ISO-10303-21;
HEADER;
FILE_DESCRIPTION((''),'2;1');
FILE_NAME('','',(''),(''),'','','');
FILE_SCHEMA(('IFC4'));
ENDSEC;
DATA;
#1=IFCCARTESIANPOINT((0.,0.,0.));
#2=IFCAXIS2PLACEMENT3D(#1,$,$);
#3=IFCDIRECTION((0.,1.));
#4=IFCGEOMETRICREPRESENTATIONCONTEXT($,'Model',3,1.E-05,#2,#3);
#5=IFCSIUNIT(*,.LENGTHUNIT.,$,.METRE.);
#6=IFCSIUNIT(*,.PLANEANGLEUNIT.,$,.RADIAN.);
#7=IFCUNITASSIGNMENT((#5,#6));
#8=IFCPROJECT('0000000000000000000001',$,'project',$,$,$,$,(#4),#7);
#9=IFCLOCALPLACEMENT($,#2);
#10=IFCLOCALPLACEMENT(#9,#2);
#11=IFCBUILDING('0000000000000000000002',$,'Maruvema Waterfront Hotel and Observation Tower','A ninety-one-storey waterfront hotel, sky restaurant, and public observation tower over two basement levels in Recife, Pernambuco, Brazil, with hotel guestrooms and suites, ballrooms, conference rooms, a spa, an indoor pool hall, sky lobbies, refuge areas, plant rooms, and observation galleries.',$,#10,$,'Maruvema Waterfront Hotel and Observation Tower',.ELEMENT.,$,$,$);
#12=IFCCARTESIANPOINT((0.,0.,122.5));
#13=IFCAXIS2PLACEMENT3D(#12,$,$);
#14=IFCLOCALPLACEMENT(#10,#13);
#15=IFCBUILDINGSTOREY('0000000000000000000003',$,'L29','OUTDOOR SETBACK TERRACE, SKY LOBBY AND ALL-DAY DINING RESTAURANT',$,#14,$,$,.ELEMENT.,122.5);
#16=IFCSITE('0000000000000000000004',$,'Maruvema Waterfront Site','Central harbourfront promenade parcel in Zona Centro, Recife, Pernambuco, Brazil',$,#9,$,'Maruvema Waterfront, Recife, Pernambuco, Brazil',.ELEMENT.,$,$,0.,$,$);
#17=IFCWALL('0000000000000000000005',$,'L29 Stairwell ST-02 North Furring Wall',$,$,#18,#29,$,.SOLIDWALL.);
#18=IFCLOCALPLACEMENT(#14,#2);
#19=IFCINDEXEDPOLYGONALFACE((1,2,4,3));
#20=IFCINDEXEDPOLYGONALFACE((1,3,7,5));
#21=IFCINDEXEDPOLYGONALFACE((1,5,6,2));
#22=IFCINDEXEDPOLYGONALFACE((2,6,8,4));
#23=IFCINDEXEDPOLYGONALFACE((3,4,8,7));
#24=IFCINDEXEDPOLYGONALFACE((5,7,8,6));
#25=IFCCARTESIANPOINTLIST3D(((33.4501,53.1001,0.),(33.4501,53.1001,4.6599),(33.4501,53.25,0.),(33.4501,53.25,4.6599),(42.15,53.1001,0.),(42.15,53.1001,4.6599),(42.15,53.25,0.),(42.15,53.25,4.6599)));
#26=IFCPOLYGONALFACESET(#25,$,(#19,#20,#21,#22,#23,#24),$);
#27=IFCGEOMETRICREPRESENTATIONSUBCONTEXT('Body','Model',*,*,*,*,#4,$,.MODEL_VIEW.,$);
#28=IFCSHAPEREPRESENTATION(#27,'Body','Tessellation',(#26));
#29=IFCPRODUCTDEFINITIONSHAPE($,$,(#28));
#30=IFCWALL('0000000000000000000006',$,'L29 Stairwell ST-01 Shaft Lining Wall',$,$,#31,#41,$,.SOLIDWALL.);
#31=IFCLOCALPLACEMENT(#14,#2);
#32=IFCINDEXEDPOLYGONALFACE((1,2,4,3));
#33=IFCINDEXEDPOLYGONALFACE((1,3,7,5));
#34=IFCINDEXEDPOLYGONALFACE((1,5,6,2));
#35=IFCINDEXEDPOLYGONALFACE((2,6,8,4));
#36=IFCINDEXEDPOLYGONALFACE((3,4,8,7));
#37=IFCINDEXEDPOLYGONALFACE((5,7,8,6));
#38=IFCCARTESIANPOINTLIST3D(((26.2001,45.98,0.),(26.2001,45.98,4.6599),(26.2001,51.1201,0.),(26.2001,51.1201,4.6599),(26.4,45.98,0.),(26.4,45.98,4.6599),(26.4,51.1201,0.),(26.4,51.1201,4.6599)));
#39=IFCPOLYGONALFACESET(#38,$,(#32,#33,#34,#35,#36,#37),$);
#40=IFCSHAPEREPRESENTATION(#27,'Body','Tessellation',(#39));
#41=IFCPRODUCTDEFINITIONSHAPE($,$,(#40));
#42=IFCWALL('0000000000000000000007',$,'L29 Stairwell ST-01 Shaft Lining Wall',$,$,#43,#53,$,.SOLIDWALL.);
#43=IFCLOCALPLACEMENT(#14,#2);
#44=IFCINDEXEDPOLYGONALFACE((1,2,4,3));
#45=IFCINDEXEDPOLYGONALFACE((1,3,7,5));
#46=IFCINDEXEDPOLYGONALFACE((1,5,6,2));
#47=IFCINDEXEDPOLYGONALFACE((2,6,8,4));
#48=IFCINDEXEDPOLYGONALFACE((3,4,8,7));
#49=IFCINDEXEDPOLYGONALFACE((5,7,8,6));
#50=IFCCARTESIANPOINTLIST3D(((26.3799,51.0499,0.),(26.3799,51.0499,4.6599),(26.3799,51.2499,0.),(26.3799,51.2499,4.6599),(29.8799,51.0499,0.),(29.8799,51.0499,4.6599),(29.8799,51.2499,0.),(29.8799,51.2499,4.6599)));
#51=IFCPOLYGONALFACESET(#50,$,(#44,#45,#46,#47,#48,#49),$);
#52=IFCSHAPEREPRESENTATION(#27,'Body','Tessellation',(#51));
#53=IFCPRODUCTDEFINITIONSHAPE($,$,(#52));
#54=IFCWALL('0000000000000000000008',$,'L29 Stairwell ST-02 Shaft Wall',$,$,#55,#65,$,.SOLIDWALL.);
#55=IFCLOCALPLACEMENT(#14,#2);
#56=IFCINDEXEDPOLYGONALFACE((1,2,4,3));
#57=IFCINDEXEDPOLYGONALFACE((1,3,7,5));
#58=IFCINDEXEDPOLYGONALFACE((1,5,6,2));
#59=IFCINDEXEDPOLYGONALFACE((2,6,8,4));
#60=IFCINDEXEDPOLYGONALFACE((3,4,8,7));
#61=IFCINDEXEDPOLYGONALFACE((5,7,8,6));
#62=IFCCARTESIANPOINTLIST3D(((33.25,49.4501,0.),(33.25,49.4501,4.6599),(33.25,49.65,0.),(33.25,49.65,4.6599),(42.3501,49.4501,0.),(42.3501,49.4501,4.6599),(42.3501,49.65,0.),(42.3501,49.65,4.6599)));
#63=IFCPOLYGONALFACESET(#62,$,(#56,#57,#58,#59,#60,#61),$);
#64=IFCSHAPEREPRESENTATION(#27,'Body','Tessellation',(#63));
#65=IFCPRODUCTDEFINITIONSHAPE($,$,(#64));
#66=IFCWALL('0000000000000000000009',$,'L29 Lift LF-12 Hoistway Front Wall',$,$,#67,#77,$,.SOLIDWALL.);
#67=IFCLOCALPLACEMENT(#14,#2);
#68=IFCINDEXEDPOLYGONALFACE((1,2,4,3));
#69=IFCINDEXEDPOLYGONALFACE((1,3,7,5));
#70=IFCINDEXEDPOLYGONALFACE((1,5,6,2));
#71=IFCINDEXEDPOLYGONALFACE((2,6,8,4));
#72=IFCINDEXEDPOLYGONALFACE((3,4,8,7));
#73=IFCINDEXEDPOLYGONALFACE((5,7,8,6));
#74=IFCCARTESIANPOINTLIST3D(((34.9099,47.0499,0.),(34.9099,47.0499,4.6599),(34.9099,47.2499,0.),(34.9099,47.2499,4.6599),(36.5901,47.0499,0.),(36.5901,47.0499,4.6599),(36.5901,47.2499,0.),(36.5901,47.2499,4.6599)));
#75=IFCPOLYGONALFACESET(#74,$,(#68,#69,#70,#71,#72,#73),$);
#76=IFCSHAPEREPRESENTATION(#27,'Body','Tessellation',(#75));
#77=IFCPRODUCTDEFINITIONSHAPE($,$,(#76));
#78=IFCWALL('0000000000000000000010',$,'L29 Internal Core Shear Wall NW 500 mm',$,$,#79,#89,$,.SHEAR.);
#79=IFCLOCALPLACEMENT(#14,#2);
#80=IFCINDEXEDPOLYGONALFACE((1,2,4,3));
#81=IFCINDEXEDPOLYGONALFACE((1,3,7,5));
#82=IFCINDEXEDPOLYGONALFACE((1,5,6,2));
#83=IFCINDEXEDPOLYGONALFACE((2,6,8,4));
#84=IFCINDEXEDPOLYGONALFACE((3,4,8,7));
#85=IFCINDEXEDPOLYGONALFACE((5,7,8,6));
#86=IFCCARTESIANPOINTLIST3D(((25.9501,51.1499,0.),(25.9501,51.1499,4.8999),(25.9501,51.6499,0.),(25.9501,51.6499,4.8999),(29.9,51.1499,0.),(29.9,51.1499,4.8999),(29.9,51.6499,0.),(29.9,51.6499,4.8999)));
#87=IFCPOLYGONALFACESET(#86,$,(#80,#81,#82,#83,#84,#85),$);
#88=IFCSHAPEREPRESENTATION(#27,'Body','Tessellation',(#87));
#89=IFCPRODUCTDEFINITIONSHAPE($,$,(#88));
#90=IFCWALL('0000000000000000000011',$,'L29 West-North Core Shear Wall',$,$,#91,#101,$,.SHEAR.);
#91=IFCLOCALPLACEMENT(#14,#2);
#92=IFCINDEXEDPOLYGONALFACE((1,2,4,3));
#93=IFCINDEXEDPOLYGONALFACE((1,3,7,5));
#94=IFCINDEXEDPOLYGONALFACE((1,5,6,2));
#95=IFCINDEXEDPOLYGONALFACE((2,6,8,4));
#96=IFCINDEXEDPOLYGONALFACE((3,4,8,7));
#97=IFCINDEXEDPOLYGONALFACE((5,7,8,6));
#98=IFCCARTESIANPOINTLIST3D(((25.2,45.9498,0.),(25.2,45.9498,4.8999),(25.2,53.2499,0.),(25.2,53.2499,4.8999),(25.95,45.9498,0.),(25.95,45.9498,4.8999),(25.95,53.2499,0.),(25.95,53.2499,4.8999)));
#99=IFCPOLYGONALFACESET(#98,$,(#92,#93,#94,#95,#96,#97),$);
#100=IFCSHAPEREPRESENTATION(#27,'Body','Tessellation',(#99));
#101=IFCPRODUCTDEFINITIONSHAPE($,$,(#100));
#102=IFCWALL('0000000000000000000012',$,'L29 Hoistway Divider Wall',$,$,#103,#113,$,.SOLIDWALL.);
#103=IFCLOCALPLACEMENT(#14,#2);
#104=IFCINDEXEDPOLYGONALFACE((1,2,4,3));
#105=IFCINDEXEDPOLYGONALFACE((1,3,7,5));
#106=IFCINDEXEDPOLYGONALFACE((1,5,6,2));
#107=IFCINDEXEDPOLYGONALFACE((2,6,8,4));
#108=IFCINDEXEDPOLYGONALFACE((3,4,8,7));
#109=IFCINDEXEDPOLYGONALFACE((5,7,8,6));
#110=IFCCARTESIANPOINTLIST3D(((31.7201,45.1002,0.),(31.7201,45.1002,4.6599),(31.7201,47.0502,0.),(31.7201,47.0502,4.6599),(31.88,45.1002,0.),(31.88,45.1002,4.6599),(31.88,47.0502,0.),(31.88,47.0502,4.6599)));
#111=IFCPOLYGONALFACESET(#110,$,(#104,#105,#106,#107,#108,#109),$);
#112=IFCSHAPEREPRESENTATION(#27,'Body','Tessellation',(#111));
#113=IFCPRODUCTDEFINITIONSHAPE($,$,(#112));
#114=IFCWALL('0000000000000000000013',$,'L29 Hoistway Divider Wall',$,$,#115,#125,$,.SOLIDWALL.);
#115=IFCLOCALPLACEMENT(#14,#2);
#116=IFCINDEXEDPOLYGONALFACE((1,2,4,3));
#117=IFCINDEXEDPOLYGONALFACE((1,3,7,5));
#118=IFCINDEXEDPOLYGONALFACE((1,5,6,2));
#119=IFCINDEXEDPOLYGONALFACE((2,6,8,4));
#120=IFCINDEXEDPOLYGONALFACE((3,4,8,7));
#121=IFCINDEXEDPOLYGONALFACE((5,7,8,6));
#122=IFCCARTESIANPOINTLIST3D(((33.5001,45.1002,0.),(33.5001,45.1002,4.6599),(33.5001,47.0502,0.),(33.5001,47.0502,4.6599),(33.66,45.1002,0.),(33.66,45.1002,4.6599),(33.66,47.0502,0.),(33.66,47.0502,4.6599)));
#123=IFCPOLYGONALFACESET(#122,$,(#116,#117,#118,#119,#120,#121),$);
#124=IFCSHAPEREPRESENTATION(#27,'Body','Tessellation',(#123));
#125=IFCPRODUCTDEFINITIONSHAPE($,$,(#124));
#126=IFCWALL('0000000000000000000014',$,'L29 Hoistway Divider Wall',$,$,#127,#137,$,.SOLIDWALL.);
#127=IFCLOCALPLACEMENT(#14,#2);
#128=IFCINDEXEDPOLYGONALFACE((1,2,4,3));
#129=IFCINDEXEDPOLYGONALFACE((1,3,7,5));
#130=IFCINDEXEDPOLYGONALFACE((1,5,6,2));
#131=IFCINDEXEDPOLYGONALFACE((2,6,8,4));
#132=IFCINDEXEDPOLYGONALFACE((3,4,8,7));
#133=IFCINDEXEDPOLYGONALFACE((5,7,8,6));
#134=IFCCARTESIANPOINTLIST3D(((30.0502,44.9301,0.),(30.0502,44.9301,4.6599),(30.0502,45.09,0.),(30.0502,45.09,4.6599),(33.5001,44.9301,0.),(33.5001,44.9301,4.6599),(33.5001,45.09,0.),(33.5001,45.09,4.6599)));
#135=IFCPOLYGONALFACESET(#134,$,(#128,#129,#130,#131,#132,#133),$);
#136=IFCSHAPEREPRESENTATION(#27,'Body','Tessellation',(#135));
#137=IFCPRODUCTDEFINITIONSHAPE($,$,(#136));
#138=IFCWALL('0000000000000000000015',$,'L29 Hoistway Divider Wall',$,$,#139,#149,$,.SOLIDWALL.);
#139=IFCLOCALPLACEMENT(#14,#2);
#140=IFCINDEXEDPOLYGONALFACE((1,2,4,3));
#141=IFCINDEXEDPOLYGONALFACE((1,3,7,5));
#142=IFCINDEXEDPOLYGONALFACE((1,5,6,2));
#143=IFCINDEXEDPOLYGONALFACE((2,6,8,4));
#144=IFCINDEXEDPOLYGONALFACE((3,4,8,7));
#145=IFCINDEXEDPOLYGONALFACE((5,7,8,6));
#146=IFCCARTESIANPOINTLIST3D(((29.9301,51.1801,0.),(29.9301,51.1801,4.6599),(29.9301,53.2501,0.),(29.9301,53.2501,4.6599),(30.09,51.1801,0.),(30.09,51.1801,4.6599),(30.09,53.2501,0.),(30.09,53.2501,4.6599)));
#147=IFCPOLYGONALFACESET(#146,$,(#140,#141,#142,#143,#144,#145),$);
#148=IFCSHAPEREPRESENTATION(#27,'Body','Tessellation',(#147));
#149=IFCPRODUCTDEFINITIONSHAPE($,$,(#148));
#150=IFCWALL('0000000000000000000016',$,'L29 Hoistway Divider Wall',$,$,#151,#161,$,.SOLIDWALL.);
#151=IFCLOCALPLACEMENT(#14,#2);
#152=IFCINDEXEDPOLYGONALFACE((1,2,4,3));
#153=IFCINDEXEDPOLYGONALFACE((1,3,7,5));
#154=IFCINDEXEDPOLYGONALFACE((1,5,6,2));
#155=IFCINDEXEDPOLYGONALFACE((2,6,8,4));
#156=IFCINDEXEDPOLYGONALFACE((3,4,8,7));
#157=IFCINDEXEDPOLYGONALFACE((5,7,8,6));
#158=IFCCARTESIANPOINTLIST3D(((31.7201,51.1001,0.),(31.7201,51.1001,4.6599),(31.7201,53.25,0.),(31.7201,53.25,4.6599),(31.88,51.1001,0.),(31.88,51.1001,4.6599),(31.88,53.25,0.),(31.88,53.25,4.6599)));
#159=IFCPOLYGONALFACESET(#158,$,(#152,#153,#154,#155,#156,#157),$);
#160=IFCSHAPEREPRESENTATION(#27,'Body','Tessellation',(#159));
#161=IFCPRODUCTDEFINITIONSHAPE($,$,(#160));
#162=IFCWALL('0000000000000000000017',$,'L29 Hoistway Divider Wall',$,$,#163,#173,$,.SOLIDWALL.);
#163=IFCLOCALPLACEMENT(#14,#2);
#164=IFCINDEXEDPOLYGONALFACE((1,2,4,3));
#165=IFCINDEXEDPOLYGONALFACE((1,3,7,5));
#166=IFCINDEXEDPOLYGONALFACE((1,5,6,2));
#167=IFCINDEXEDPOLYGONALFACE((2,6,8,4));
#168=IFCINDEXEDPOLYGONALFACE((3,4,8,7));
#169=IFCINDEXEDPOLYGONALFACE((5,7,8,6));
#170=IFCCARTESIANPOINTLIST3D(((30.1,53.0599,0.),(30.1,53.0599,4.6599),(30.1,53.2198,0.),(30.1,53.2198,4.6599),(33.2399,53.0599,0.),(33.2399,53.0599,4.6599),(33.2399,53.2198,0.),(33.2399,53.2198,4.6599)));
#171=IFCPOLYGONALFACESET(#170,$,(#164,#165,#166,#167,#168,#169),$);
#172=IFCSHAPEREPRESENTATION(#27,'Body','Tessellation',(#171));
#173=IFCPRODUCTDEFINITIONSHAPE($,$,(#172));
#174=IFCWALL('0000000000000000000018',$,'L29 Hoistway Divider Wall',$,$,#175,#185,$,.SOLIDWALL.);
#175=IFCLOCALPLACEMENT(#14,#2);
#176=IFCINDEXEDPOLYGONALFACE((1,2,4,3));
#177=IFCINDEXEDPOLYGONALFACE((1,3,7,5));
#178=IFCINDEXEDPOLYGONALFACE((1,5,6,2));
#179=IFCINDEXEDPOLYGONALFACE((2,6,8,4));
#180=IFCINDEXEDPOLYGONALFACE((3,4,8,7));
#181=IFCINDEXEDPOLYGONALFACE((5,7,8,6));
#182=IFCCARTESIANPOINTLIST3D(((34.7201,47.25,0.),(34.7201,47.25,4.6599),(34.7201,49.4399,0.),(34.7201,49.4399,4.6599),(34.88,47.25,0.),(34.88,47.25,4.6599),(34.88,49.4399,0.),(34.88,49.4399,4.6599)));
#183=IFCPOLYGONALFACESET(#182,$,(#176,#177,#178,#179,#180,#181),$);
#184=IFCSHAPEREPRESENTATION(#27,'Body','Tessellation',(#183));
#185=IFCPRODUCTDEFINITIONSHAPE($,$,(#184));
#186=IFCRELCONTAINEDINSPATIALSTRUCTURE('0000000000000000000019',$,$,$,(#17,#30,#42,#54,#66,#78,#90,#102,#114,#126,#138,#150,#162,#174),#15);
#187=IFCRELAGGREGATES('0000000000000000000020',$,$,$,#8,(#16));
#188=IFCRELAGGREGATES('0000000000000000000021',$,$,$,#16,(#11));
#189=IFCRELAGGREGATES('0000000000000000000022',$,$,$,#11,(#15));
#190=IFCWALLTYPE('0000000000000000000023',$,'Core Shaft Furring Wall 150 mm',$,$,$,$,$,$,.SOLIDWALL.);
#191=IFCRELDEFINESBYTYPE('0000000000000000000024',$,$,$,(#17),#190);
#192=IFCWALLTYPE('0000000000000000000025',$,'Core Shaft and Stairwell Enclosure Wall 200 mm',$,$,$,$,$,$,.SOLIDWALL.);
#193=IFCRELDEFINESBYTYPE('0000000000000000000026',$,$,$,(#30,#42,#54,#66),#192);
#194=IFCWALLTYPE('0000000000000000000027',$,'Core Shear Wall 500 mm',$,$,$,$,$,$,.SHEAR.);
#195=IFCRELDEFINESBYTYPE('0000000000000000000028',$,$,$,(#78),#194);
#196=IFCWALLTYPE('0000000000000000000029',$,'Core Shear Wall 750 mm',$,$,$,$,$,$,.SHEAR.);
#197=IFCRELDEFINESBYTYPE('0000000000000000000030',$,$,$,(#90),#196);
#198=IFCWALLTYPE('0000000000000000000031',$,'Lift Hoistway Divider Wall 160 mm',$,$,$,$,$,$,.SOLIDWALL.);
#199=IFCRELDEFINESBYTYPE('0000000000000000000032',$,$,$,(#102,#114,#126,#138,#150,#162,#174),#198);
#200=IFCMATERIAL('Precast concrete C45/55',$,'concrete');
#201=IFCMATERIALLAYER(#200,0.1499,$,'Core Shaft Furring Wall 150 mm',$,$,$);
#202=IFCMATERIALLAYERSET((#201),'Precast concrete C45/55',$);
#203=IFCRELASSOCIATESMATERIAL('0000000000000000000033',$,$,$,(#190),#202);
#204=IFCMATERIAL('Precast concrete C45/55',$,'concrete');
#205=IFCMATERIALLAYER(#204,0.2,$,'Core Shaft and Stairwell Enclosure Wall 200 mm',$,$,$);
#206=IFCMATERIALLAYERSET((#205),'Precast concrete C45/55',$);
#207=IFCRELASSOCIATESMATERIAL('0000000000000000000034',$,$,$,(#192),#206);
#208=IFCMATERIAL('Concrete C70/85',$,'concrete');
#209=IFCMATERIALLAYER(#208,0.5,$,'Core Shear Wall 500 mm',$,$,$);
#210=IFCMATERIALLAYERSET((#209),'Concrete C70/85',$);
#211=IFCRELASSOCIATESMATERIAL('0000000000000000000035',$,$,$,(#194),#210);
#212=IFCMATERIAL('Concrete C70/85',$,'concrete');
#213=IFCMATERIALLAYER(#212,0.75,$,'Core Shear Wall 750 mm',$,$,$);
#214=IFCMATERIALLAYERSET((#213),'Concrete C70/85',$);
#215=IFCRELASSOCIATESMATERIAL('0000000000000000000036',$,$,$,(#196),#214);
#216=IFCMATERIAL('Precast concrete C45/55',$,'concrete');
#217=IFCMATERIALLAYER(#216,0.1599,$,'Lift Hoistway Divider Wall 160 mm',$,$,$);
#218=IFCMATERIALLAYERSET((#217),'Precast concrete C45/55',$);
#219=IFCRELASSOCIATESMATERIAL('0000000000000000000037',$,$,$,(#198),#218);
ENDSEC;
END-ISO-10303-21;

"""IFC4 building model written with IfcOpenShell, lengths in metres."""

from ifc_helpers import new_model, si_unit, direction, frame, frame_2d, origin, place, context, subcontext, project, spatial, rectangle, extrude, material, layer, layer_set, type_object, element, save


model = new_model("IFC4")

# Units and contexts
model_context = context("Model", 3, precision=1e-05, world=origin(), true_north=direction((0.0, 1.0)))
body_context = subcontext(model_context, "Body", "Model", "MODEL_VIEW")
ifc_project = project(units=[si_unit("LENGTHUNIT", "METRE"), si_unit("PLANEANGLEUNIT", "RADIAN")], contexts=[model_context])

# Site, building, storey
site_placement = place(None, origin())
site = spatial("IfcSite", under=ifc_project, at=site_placement, Name="Maruvema Waterfront Site", Description="Central harbourfront promenade parcel in Zona Centro, Recife, Pernambuco, Brazil", LongName="Maruvema Waterfront, Recife, Pernambuco, Brazil", CompositionType="ELEMENT", RefElevation=0.0)
building_placement = place(site_placement, origin())
building = spatial("IfcBuilding", under=site, at=building_placement, Name="Maruvema Waterfront Hotel and Observation Tower", Description="A ninety-one-storey waterfront hotel, sky restaurant, and public observation tower over two basement levels in Recife, Pernambuco, Brazil, with hotel guestrooms and suites, ballrooms, conference rooms, a spa, an indoor pool hall, sky lobbies, refuge areas, plant rooms, and observation galleries.", LongName="Maruvema Waterfront Hotel and Observation Tower", CompositionType="ELEMENT")
storey_placement = place(building_placement, frame((0.0, 0.0, 122.5)))
storey = spatial("IfcBuildingStorey", under=building, at=storey_placement, Name="L29", Description="OUTDOOR SETBACK TERRACE, SKY LOBBY AND ALL-DAY DINING RESTAURANT", CompositionType="ELEMENT", Elevation=122.5)

# Walls
ifc_material_1 = material(Name="Precast concrete C45/55", Category="concrete")
ifc_layer_1 = layer(ifc_material_1, 0.1499, Name="Core Shaft Furring Wall 150 mm")
ifc_layer_set_1 = layer_set([ifc_layer_1], Name="Precast concrete C45/55")
wall_type_1 = type_object("IfcWallType", Name="Core Shaft Furring Wall 150 mm", PredefinedType="SOLIDWALL", material=ifc_layer_set_1)
wall_1_placement = place(storey_placement, frame((33.45, 53.175, 0.0), z_axis=(0.0, 0.0, 1.0), x_axis=(1.0, 0.0, 0.0)))
element("IfcWall", 1, at=wall_1_placement, inside=storey, type_object=wall_type_1, Name="L29 Stairwell ST-02 North Furring Wall", PredefinedType="SOLIDWALL", context=body_context, shape_type="SweptSolid", body=[
    extrude(rectangle(XDim=8.7, YDim=0.1499, at=frame_2d((4.3501, 0.0))), origin(), (0.0, 0.0, 1.0), 4.6599),
])
ifc_material_2 = material(Name="Precast concrete C45/55", Category="concrete")
ifc_layer_2 = layer(ifc_material_2, 0.2, Name="Core Shaft and Stairwell Enclosure Wall 200 mm")
ifc_layer_set_2 = layer_set([ifc_layer_2], Name="Precast concrete C45/55")
wall_type_2 = type_object("IfcWallType", Name="Core Shaft and Stairwell Enclosure Wall 200 mm", PredefinedType="SOLIDWALL", material=ifc_layer_set_2)
wall_2_placement = place(storey_placement, frame((26.3, 45.98, 0.0), z_axis=(0.0, 0.0, 1.0), x_axis=(0.0, 1.0, 0.0)))
element("IfcWall", 2, at=wall_2_placement, inside=storey, type_object=wall_type_2, Name="L29 Stairwell ST-01 Shaft Lining Wall", PredefinedType="SOLIDWALL", context=body_context, shape_type="SweptSolid", body=[
    extrude(rectangle(XDim=5.1401, YDim=0.2, at=frame_2d((2.5701, 0.0))), origin(), (0.0, 0.0, 1.0), 4.6599),
])
wall_3_placement = place(storey_placement, frame((26.3799, 51.1499, 0.0), z_axis=(0.0, 0.0, 1.0), x_axis=(1.0, 0.0, 0.0)))
element("IfcWall", 3, at=wall_3_placement, inside=storey, type_object=wall_type_2, Name="L29 Stairwell ST-01 Shaft Lining Wall", PredefinedType="SOLIDWALL", context=body_context, shape_type="SweptSolid", body=[
    extrude(rectangle(XDim=3.5, YDim=0.2, at=frame_2d((1.75, 0.0))), origin(), (0.0, 0.0, 1.0), 4.6599),
])
wall_4_placement = place(storey_placement, frame((33.25, 49.55, 0.0), z_axis=(0.0, 0.0, 1.0), x_axis=(1.0, 0.0, 0.0)))
element("IfcWall", 4, at=wall_4_placement, inside=storey, type_object=wall_type_2, Name="L29 Stairwell ST-02 Shaft Wall", PredefinedType="SOLIDWALL", context=body_context, shape_type="SweptSolid", body=[
    extrude(rectangle(XDim=9.1001, YDim=0.2, at=frame_2d((4.55, 0.0))), origin(), (0.0, 0.0, 1.0), 4.6599),
])

# Walls
wall_5_placement = place(storey_placement, frame((34.9099, 47.1499, 0.0), z_axis=(0.0, 0.0, 1.0), x_axis=(1.0, 0.0, 0.0)))
element("IfcWall", 5, at=wall_5_placement, inside=storey, type_object=wall_type_2, Name="L29 Lift LF-12 Hoistway Front Wall", PredefinedType="SOLIDWALL", context=body_context, shape_type="SweptSolid", body=[
    extrude(rectangle(XDim=1.6802, YDim=0.2, at=frame_2d((0.8401, 0.0))), origin(), (0.0, 0.0, 1.0), 4.6599),
])
ifc_material_3 = material(Name="Concrete C70/85", Category="concrete")
ifc_layer_3 = layer(ifc_material_3, 0.5, Name="Core Shear Wall 500 mm")
ifc_layer_set_3 = layer_set([ifc_layer_3], Name="Concrete C70/85")
wall_type_3 = type_object("IfcWallType", Name="Core Shear Wall 500 mm", PredefinedType="SHEAR", material=ifc_layer_set_3)
wall_6_placement = place(storey_placement, frame((25.95, 51.3999, 0.0), z_axis=(0.0, 0.0, 1.0), x_axis=(1.0, 0.0, 0.0)))
element("IfcWall", 6, at=wall_6_placement, inside=storey, type_object=wall_type_3, Name="L29 Internal Core Shear Wall NW 500 mm", PredefinedType="SHEAR", context=body_context, shape_type="SweptSolid", body=[
    extrude(rectangle(XDim=3.95, YDim=0.5, at=frame_2d((1.9751, 0.0))), origin(), (0.0, 0.0, 1.0), 4.8999),
])
ifc_material_4 = material(Name="Concrete C70/85", Category="concrete")
ifc_layer_4 = layer(ifc_material_4, 0.75, Name="Core Shear Wall 750 mm")
ifc_layer_set_4 = layer_set([ifc_layer_4], Name="Concrete C70/85")
wall_type_4 = type_object("IfcWallType", Name="Core Shear Wall 750 mm", PredefinedType="SHEAR", material=ifc_layer_set_4)
wall_7_placement = place(storey_placement, frame((25.575, 45.95, 0.0), z_axis=(0.0, 0.0, 1.0), x_axis=(0.0, 1.0, 0.0)))
element("IfcWall", 7, at=wall_7_placement, inside=storey, type_object=wall_type_4, Name="L29 West-North Core Shear Wall", PredefinedType="SHEAR", context=body_context, shape_type="SweptSolid", body=[
    extrude(rectangle(XDim=7.3, YDim=0.75, at=frame_2d((3.6499, 0.0))), origin(), (0.0, 0.0, 1.0), 4.8999),
])
ifc_material_5 = material(Name="Precast concrete C45/55", Category="concrete")
ifc_layer_5 = layer(ifc_material_5, 0.1599, Name="Lift Hoistway Divider Wall 160 mm")
ifc_layer_set_5 = layer_set([ifc_layer_5], Name="Precast concrete C45/55")
wall_type_5 = type_object("IfcWallType", Name="Lift Hoistway Divider Wall 160 mm", PredefinedType="SOLIDWALL", material=ifc_layer_set_5)
for number, where, z_axis, x_axis, name in (
    (8, (31.8, 45.1001, 0.0), (0.0, 0.0, 1.0), (0.0, 1.0, 0.0), "L29 Hoistway Divider Wall"),
    (9, (33.5801, 45.1001, 0.0), (0.0, 0.0, 1.0), (0.0, 1.0, 0.0), "L29 Hoistway Divider Wall"),
):
    element("IfcWall", number, at=place(storey_placement, frame(where, z_axis=z_axis, x_axis=x_axis)), inside=storey, type_object=wall_type_5, Name=name, PredefinedType="SOLIDWALL", context=body_context, shape_type="SweptSolid", body=[
        extrude(rectangle(XDim=1.95, YDim=0.1599, at=frame_2d((0.9751, 0.0))), origin(), (0.0, 0.0, 1.0), 4.6599),
    ])
wall_8_placement = place(storey_placement, frame((30.05, 45.01, 0.0), z_axis=(0.0, 0.0, 1.0), x_axis=(1.0, 0.0, 0.0)))
element("IfcWall", 10, at=wall_8_placement, inside=storey, type_object=wall_type_5, Name="L29 Hoistway Divider Wall", PredefinedType="SOLIDWALL", context=body_context, shape_type="SweptSolid", body=[
    extrude(rectangle(XDim=3.45, YDim=0.1599, at=frame_2d((1.7251, 0.0))), origin(), (0.0, 0.0, 1.0), 4.6599),
])
wall_9_placement = place(storey_placement, frame((30.01, 51.1799, 0.0), z_axis=(0.0, 0.0, 1.0), x_axis=(0.0, 1.0, 0.0)))
element("IfcWall", 11, at=wall_9_placement, inside=storey, type_object=wall_type_5, Name="L29 Hoistway Divider Wall", PredefinedType="SOLIDWALL", context=body_context, shape_type="SweptSolid", body=[
    extrude(rectangle(XDim=2.0701, YDim=0.1599, at=frame_2d((1.0352, 0.0))), origin(), (0.0, 0.0, 1.0), 4.6599),
])
wall_10_placement = place(storey_placement, frame((31.8, 51.1001, 0.0), z_axis=(0.0, 0.0, 1.0), x_axis=(0.0, 1.0, 0.0)))
element("IfcWall", 12, at=wall_10_placement, inside=storey, type_object=wall_type_5, Name="L29 Hoistway Divider Wall", PredefinedType="SOLIDWALL", context=body_context, shape_type="SweptSolid", body=[
    extrude(rectangle(XDim=2.1499, YDim=0.1599, at=frame_2d((1.075, 0.0))), origin(), (0.0, 0.0, 1.0), 4.6599),
])
wall_11_placement = place(storey_placement, frame((30.1001, 53.1399, 0.0), z_axis=(0.0, 0.0, 1.0), x_axis=(1.0, 0.0, 0.0)))
element("IfcWall", 13, at=wall_11_placement, inside=storey, type_object=wall_type_5, Name="L29 Hoistway Divider Wall", PredefinedType="SOLIDWALL", context=body_context, shape_type="SweptSolid", body=[
    extrude(rectangle(XDim=3.1399, YDim=0.1599, at=frame_2d((1.5698, 0.0))), origin(), (0.0, 0.0, 1.0), 4.6599),
])
wall_12_placement = place(storey_placement, frame((34.8, 47.25, 0.0), z_axis=(0.0, 0.0, 1.0), x_axis=(0.0, 1.0, 0.0)))
element("IfcWall", 14, at=wall_12_placement, inside=storey, type_object=wall_type_5, Name="L29 Hoistway Divider Wall", PredefinedType="SOLIDWALL", context=body_context, shape_type="SweptSolid", body=[
    extrude(rectangle(XDim=2.1899, YDim=0.1599, at=frame_2d((1.095, 0.0))), origin(), (0.0, 0.0, 1.0), 4.6599),
])

save(model, "model.ifc")
